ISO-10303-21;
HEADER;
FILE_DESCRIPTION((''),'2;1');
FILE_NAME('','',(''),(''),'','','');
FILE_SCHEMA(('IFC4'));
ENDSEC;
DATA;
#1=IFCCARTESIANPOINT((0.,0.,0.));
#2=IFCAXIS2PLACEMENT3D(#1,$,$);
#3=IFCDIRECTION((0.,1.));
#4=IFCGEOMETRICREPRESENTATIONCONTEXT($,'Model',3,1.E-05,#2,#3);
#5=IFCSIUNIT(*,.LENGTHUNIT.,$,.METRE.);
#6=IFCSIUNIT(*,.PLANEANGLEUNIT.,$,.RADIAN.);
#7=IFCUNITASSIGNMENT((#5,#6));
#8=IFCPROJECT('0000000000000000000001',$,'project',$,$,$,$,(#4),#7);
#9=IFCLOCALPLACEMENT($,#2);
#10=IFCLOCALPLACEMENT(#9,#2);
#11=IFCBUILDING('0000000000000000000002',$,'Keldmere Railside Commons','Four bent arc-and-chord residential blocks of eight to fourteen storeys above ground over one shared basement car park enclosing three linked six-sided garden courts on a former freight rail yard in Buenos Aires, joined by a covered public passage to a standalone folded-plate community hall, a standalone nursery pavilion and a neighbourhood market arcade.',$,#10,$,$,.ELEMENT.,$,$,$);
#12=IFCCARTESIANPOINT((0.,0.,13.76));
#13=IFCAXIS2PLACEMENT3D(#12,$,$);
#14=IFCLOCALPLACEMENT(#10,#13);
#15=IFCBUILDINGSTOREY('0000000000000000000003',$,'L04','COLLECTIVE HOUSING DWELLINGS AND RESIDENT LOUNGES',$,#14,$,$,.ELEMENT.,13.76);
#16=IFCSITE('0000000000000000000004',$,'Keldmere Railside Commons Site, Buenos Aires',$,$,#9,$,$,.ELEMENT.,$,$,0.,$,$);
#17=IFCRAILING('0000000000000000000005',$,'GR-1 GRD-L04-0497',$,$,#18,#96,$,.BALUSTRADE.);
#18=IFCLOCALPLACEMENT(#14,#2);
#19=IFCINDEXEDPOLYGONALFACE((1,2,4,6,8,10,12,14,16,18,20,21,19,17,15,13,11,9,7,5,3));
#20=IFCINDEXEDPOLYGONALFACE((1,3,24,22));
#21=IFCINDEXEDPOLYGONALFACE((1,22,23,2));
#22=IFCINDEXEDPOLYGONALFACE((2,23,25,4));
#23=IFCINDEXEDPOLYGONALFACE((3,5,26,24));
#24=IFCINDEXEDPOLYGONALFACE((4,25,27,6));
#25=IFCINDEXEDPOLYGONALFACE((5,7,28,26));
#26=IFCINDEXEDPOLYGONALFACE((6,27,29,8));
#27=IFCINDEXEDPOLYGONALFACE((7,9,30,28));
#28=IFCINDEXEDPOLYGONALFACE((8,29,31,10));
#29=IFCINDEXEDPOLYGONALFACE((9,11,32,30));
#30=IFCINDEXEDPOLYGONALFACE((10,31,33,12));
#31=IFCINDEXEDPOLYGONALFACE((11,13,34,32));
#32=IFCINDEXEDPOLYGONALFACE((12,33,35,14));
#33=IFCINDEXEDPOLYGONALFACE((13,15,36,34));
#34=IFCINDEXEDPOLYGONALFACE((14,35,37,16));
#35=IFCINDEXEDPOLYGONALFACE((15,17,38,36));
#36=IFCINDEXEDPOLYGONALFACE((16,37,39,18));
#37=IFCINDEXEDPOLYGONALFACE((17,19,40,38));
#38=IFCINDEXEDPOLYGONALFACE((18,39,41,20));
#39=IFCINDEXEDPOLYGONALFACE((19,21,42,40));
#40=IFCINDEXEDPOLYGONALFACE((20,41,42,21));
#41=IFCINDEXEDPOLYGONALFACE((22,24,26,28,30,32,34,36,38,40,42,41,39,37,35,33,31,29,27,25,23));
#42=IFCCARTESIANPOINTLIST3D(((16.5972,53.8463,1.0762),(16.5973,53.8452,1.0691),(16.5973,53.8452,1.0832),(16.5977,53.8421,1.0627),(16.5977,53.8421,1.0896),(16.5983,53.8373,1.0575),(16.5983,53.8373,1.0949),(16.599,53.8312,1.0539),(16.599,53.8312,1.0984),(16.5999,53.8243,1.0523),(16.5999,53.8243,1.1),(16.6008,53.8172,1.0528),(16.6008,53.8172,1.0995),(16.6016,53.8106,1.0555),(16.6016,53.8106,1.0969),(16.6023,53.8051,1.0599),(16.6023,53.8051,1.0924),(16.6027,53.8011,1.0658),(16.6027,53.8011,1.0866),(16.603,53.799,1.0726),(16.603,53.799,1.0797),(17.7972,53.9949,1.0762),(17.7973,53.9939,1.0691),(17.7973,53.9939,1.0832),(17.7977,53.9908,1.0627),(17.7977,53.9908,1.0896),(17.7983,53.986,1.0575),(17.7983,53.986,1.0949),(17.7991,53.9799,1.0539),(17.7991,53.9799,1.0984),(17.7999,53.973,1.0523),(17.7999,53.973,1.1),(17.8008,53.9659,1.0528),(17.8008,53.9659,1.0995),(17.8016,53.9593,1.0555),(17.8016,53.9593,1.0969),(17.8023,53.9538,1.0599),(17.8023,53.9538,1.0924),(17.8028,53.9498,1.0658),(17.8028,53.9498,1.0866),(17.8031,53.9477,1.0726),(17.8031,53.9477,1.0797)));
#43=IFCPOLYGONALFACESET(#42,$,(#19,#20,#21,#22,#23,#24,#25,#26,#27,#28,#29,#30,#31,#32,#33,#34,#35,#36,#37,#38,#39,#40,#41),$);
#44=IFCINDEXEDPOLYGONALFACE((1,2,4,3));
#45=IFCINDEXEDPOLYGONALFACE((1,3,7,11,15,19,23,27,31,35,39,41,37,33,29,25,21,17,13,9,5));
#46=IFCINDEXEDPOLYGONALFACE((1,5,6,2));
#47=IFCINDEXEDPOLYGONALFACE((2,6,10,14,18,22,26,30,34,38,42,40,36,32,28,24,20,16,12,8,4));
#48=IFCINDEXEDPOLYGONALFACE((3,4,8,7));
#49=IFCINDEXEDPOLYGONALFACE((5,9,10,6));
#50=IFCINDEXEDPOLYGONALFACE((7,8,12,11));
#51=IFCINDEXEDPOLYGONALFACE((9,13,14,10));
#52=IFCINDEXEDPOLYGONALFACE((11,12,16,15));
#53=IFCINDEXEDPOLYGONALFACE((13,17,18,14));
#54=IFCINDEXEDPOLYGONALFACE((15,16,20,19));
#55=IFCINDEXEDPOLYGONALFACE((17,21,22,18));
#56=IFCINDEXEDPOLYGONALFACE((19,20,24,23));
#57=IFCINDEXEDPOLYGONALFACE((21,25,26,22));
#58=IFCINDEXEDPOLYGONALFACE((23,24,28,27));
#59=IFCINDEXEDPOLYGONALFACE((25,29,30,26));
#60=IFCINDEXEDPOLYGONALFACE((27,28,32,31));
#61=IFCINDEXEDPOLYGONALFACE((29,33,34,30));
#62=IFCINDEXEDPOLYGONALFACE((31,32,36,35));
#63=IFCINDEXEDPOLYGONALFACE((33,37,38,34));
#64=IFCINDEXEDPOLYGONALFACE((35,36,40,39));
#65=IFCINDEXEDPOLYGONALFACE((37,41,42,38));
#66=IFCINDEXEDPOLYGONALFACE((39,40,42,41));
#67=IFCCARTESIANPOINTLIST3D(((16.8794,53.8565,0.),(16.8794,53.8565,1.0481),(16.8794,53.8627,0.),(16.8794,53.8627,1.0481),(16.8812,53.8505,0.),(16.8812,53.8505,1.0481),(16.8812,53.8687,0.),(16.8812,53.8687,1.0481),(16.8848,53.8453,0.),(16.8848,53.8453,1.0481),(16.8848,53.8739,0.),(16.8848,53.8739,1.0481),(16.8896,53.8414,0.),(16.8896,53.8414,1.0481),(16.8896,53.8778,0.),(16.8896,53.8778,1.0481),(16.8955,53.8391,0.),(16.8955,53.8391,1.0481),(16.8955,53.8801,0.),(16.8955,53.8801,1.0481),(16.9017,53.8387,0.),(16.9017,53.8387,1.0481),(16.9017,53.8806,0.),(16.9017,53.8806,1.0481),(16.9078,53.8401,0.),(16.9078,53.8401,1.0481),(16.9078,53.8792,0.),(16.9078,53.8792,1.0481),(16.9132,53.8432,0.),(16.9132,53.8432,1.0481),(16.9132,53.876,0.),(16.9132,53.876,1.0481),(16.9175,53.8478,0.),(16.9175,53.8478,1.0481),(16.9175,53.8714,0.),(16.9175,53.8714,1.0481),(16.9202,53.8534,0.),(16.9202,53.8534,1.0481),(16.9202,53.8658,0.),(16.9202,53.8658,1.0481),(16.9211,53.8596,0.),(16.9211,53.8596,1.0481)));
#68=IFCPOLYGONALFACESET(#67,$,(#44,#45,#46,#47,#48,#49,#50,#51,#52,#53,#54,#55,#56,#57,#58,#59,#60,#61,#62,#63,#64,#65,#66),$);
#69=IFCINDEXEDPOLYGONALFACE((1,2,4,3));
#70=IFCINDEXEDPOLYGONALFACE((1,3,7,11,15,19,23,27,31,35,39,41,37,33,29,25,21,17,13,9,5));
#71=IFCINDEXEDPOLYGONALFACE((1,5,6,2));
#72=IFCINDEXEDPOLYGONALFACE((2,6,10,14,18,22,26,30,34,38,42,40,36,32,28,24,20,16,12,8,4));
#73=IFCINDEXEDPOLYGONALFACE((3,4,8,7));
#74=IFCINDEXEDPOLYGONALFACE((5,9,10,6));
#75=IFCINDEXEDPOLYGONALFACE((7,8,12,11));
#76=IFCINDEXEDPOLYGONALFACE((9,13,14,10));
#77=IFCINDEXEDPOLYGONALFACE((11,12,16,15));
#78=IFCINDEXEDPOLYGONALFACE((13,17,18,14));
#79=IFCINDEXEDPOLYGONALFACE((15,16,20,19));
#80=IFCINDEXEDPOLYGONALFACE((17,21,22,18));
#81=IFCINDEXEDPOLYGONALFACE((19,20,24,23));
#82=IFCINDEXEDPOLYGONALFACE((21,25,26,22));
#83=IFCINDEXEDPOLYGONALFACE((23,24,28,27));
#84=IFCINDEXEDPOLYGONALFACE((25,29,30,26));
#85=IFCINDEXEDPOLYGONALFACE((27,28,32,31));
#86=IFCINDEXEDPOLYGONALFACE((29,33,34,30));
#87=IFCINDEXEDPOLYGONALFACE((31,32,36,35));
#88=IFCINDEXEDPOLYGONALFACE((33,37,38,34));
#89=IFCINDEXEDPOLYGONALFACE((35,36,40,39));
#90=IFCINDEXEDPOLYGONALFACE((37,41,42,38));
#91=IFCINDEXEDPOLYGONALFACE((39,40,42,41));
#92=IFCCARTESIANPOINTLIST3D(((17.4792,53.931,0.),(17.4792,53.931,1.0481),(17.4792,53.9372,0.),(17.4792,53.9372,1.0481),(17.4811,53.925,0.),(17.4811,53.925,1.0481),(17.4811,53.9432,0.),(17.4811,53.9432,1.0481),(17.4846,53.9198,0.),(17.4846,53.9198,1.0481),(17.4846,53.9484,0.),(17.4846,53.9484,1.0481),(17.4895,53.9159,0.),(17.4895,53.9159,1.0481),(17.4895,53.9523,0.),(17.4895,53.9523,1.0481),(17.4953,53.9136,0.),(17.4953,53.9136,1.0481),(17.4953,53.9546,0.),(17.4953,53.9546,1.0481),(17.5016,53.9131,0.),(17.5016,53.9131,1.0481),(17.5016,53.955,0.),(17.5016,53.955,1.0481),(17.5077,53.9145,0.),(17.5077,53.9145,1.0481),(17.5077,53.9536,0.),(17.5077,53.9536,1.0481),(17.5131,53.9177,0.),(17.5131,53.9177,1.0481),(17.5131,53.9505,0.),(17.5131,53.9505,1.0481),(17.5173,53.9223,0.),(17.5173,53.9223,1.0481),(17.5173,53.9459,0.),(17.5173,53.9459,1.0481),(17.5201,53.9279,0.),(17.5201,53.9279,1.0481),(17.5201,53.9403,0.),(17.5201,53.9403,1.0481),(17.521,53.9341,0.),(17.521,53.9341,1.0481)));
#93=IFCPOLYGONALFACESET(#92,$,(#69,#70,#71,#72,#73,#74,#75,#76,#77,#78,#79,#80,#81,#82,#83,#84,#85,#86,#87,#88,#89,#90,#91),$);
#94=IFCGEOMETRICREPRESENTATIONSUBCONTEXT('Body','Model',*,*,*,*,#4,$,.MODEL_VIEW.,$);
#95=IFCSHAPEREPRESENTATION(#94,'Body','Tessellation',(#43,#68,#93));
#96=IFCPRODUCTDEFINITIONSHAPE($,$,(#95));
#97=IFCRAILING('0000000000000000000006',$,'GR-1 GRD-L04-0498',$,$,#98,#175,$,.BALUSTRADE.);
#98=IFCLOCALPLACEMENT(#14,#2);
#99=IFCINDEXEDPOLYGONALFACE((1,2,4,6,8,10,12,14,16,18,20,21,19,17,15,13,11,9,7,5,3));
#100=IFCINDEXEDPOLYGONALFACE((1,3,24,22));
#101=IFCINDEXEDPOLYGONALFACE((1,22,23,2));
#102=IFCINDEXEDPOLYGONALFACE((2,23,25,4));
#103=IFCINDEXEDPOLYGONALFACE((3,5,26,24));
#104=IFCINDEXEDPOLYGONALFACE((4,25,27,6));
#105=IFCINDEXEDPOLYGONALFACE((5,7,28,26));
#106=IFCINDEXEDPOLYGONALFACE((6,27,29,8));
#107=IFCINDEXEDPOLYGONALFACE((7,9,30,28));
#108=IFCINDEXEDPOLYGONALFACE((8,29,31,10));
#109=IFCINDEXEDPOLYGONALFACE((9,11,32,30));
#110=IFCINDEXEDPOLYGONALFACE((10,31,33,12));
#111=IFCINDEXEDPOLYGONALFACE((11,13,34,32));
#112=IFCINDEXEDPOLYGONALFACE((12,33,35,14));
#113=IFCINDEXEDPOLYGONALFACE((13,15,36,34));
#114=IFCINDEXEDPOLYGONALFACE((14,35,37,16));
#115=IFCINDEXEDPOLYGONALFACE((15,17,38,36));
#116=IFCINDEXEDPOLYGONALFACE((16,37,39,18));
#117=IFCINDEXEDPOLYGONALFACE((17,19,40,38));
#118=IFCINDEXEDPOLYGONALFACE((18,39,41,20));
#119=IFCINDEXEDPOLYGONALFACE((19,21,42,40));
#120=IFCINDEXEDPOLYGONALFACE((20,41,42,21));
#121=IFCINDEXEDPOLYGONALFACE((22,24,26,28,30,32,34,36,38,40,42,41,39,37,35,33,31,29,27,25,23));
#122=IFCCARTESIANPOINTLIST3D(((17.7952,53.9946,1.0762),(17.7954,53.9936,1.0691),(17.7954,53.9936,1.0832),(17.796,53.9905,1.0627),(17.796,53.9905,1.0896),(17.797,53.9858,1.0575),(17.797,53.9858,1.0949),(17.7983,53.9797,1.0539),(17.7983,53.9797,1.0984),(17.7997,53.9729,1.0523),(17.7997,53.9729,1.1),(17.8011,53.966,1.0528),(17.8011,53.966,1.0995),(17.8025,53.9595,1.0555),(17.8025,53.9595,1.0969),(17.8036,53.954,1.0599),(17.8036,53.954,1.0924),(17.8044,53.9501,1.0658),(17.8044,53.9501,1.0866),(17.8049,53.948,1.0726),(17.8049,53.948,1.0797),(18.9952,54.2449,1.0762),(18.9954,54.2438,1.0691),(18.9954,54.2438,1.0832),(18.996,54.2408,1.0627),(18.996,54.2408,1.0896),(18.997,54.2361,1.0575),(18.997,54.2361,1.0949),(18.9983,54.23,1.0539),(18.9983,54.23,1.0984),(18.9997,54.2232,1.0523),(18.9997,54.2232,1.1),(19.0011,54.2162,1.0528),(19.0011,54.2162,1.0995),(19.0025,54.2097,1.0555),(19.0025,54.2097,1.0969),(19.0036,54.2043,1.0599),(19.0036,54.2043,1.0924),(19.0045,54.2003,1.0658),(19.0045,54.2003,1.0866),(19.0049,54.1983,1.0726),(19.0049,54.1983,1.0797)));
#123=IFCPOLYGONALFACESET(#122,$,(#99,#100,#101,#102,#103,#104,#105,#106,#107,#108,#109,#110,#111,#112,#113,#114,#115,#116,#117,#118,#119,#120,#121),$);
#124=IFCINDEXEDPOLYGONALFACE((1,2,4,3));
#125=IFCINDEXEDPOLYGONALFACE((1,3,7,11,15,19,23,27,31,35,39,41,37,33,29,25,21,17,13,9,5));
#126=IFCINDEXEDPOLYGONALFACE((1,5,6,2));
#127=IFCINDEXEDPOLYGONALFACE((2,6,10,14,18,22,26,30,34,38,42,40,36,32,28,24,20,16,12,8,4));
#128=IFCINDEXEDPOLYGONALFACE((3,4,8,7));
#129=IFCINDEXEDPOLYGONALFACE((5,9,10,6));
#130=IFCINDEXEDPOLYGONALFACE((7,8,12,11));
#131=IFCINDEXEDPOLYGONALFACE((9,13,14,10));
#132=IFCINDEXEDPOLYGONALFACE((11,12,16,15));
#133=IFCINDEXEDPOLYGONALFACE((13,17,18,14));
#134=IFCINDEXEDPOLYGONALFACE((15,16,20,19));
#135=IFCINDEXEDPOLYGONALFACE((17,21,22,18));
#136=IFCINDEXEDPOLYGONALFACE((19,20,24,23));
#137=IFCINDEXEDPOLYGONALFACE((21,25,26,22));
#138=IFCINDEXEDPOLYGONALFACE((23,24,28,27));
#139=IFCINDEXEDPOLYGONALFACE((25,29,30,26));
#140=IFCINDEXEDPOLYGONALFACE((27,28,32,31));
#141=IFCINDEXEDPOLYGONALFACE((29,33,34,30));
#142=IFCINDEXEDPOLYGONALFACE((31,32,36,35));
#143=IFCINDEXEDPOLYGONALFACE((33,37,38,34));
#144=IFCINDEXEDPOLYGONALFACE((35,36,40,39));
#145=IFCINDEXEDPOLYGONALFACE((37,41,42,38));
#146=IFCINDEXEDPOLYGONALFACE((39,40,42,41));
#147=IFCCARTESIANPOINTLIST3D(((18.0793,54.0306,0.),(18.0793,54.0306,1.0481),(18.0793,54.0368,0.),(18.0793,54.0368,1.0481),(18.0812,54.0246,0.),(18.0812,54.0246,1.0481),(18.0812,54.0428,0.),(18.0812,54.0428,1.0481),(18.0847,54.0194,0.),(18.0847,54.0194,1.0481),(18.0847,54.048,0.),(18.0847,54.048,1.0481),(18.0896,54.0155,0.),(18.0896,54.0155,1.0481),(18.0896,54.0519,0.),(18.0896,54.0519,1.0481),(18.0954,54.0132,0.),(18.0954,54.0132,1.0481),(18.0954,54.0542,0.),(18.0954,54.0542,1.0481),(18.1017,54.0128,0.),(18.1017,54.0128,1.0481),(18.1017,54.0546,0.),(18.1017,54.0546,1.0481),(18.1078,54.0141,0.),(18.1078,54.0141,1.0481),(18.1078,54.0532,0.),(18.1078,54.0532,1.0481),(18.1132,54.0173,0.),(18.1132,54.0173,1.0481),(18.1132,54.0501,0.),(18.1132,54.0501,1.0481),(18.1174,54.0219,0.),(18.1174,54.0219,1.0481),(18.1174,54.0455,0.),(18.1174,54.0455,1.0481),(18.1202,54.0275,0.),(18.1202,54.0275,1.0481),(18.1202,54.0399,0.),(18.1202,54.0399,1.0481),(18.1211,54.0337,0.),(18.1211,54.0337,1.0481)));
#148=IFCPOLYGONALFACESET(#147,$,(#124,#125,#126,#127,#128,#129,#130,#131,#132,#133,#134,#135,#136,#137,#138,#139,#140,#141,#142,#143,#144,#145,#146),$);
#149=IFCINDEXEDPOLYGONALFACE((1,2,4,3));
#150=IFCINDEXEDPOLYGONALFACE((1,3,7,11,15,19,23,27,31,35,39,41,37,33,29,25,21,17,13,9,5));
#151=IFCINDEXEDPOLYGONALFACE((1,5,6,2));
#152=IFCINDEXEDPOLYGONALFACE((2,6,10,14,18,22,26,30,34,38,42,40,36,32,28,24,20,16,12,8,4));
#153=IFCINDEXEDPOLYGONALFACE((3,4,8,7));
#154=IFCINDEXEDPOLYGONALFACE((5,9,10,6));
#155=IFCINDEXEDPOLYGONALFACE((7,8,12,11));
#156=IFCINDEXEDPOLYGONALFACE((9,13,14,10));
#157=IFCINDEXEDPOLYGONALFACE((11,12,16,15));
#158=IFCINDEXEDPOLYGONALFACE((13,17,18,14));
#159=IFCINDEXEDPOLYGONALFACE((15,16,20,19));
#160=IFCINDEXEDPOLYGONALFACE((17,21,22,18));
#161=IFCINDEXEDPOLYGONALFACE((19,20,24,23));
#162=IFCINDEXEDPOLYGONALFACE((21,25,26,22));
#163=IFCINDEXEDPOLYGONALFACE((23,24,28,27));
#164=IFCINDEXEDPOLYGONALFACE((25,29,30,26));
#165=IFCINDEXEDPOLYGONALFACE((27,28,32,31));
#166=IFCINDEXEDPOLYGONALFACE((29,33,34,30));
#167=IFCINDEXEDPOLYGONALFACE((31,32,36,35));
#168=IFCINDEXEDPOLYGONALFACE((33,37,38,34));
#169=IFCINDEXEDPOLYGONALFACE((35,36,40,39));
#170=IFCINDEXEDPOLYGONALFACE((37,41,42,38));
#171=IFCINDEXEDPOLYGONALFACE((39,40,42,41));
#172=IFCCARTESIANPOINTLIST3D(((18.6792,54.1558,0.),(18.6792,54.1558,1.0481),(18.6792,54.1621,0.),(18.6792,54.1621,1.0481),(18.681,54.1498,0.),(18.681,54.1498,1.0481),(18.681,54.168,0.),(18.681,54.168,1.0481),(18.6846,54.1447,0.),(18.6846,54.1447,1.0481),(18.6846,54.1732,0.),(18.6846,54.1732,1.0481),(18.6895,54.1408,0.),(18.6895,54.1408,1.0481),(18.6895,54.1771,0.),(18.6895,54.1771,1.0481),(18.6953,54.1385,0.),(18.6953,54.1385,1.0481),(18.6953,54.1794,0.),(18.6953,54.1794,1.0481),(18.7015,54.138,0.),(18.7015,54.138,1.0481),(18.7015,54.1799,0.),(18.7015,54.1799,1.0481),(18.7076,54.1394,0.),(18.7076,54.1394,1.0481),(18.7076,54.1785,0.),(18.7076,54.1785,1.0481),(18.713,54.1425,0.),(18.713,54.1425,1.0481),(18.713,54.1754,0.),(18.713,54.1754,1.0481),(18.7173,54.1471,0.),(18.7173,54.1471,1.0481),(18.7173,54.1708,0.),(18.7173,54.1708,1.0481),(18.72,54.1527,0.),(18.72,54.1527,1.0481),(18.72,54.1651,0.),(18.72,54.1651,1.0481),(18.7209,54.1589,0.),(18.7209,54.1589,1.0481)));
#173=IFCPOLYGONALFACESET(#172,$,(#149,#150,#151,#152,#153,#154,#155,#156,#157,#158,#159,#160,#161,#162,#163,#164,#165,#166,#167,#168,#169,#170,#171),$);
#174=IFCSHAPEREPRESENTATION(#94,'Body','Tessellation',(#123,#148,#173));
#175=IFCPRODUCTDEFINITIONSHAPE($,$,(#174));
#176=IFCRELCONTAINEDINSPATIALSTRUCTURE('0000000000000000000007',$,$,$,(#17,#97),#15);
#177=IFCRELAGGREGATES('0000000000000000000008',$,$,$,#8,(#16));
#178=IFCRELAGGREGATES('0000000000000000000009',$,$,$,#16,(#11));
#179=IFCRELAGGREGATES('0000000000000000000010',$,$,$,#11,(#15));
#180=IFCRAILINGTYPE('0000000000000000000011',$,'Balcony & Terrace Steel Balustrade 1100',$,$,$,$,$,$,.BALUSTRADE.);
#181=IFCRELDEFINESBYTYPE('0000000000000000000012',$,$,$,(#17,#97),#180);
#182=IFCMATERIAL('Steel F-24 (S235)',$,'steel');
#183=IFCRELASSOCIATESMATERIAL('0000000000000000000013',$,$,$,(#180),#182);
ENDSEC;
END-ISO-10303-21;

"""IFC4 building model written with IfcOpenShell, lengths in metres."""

from ifc_helpers import new_model, si_unit, direction, frame, origin, origin_2d, place, context, subcontext, project, spatial, circle, extrude, material, type_object, element, save


model = new_model("IFC4")

# Units and contexts
model_context = context("Model", 3, precision=1e-05, world=origin(), true_north=direction((0.0, 1.0)))
body_context = subcontext(model_context, "Body", "Model", "MODEL_VIEW")
ifc_project = project(units=[si_unit("LENGTHUNIT", "METRE"), si_unit("PLANEANGLEUNIT", "RADIAN")], contexts=[model_context])

# Site, building, storey
site_placement = place(None, origin())
site = spatial("IfcSite", under=ifc_project, at=site_placement, Name="Keldmere Railside Commons Site, Buenos Aires", CompositionType="ELEMENT", RefElevation=0.0)
building_placement = place(site_placement, origin())
building = spatial("IfcBuilding", under=site, at=building_placement, Name="Keldmere Railside Commons", Description="Four bent arc-and-chord residential blocks of eight to fourteen storeys above ground over one shared basement car park enclosing three linked six-sided garden courts on a former freight rail yard in Buenos Aires, joined by a covered public passage to a standalone folded-plate community hall, a standalone nursery pavilion and a neighbourhood market arcade.", CompositionType="ELEMENT")
storey_placement = place(building_placement, frame((0.0, 0.0, 13.76)))
storey = spatial("IfcBuildingStorey", under=building, at=storey_placement, Name="L04", Description="COLLECTIVE HOUSING DWELLINGS AND RESIDENT LOUNGES", CompositionType="ELEMENT", Elevation=13.76)

# Railings
ifc_material_1 = material(Name="Steel F-24 (S235)", Category="steel")
railing_type = type_object("IfcRailingType", Name="Balcony & Terrace Steel Balustrade 1100", PredefinedType="BALUSTRADE", material=ifc_material_1)
railing_1_placement = place(storey_placement, frame((16.6001, 53.8225, 0.0)))
element("IfcRailing", 1, at=railing_1_placement, inside=storey, type_object=railing_type, Name="GR-1 GRD-L04-0497", PredefinedType="BALUSTRADE", context=body_context, shape_type="SweptSolid", body=[
    extrude(circle(Radius=0.0239, at=origin_2d()), frame((0.0, 0.0, 1.0762), z_axis=(0.992411, 0.122966, 0.0), x_axis=(-0.122966, 0.992411, 0.0)), (0.0, 0.0, 1.0), 1.2092),
    extrude(circle(Radius=0.021, at=origin_2d()), frame((0.3, 0.0371, 0.0)), (0.0, 0.0, 1.0), 1.0481),
    extrude(circle(Radius=0.021, at=origin_2d()), frame((0.8999, 0.1116, 0.0)), (0.0, 0.0, 1.0), 1.0481),
])
railing_2_placement = place(storey_placement, frame((17.8, 53.9712, 0.0)))
element("IfcRailing", 2, at=railing_2_placement, inside=storey, type_object=railing_type, Name="GR-1 GRD-L04-0498", PredefinedType="BALUSTRADE", context=body_context, shape_type="SweptSolid", body=[
    extrude(circle(Radius=0.0239, at=origin_2d()), frame((0.0, 0.0, 1.0762), z_axis=(0.978939, 0.204153, 0.0), x_axis=(-0.204153, 0.978939, 0.0)), (0.0, 0.0, 1.0), 1.2258),
    extrude(circle(Radius=0.021, at=origin_2d()), frame((0.3, 0.0625, 0.0)), (0.0, 0.0, 1.0), 1.0481),
    extrude(circle(Radius=0.021, at=origin_2d()), frame((0.8999, 0.1877, 0.0)), (0.0, 0.0, 1.0), 1.0481),
])

save(model, "model.ifc")
